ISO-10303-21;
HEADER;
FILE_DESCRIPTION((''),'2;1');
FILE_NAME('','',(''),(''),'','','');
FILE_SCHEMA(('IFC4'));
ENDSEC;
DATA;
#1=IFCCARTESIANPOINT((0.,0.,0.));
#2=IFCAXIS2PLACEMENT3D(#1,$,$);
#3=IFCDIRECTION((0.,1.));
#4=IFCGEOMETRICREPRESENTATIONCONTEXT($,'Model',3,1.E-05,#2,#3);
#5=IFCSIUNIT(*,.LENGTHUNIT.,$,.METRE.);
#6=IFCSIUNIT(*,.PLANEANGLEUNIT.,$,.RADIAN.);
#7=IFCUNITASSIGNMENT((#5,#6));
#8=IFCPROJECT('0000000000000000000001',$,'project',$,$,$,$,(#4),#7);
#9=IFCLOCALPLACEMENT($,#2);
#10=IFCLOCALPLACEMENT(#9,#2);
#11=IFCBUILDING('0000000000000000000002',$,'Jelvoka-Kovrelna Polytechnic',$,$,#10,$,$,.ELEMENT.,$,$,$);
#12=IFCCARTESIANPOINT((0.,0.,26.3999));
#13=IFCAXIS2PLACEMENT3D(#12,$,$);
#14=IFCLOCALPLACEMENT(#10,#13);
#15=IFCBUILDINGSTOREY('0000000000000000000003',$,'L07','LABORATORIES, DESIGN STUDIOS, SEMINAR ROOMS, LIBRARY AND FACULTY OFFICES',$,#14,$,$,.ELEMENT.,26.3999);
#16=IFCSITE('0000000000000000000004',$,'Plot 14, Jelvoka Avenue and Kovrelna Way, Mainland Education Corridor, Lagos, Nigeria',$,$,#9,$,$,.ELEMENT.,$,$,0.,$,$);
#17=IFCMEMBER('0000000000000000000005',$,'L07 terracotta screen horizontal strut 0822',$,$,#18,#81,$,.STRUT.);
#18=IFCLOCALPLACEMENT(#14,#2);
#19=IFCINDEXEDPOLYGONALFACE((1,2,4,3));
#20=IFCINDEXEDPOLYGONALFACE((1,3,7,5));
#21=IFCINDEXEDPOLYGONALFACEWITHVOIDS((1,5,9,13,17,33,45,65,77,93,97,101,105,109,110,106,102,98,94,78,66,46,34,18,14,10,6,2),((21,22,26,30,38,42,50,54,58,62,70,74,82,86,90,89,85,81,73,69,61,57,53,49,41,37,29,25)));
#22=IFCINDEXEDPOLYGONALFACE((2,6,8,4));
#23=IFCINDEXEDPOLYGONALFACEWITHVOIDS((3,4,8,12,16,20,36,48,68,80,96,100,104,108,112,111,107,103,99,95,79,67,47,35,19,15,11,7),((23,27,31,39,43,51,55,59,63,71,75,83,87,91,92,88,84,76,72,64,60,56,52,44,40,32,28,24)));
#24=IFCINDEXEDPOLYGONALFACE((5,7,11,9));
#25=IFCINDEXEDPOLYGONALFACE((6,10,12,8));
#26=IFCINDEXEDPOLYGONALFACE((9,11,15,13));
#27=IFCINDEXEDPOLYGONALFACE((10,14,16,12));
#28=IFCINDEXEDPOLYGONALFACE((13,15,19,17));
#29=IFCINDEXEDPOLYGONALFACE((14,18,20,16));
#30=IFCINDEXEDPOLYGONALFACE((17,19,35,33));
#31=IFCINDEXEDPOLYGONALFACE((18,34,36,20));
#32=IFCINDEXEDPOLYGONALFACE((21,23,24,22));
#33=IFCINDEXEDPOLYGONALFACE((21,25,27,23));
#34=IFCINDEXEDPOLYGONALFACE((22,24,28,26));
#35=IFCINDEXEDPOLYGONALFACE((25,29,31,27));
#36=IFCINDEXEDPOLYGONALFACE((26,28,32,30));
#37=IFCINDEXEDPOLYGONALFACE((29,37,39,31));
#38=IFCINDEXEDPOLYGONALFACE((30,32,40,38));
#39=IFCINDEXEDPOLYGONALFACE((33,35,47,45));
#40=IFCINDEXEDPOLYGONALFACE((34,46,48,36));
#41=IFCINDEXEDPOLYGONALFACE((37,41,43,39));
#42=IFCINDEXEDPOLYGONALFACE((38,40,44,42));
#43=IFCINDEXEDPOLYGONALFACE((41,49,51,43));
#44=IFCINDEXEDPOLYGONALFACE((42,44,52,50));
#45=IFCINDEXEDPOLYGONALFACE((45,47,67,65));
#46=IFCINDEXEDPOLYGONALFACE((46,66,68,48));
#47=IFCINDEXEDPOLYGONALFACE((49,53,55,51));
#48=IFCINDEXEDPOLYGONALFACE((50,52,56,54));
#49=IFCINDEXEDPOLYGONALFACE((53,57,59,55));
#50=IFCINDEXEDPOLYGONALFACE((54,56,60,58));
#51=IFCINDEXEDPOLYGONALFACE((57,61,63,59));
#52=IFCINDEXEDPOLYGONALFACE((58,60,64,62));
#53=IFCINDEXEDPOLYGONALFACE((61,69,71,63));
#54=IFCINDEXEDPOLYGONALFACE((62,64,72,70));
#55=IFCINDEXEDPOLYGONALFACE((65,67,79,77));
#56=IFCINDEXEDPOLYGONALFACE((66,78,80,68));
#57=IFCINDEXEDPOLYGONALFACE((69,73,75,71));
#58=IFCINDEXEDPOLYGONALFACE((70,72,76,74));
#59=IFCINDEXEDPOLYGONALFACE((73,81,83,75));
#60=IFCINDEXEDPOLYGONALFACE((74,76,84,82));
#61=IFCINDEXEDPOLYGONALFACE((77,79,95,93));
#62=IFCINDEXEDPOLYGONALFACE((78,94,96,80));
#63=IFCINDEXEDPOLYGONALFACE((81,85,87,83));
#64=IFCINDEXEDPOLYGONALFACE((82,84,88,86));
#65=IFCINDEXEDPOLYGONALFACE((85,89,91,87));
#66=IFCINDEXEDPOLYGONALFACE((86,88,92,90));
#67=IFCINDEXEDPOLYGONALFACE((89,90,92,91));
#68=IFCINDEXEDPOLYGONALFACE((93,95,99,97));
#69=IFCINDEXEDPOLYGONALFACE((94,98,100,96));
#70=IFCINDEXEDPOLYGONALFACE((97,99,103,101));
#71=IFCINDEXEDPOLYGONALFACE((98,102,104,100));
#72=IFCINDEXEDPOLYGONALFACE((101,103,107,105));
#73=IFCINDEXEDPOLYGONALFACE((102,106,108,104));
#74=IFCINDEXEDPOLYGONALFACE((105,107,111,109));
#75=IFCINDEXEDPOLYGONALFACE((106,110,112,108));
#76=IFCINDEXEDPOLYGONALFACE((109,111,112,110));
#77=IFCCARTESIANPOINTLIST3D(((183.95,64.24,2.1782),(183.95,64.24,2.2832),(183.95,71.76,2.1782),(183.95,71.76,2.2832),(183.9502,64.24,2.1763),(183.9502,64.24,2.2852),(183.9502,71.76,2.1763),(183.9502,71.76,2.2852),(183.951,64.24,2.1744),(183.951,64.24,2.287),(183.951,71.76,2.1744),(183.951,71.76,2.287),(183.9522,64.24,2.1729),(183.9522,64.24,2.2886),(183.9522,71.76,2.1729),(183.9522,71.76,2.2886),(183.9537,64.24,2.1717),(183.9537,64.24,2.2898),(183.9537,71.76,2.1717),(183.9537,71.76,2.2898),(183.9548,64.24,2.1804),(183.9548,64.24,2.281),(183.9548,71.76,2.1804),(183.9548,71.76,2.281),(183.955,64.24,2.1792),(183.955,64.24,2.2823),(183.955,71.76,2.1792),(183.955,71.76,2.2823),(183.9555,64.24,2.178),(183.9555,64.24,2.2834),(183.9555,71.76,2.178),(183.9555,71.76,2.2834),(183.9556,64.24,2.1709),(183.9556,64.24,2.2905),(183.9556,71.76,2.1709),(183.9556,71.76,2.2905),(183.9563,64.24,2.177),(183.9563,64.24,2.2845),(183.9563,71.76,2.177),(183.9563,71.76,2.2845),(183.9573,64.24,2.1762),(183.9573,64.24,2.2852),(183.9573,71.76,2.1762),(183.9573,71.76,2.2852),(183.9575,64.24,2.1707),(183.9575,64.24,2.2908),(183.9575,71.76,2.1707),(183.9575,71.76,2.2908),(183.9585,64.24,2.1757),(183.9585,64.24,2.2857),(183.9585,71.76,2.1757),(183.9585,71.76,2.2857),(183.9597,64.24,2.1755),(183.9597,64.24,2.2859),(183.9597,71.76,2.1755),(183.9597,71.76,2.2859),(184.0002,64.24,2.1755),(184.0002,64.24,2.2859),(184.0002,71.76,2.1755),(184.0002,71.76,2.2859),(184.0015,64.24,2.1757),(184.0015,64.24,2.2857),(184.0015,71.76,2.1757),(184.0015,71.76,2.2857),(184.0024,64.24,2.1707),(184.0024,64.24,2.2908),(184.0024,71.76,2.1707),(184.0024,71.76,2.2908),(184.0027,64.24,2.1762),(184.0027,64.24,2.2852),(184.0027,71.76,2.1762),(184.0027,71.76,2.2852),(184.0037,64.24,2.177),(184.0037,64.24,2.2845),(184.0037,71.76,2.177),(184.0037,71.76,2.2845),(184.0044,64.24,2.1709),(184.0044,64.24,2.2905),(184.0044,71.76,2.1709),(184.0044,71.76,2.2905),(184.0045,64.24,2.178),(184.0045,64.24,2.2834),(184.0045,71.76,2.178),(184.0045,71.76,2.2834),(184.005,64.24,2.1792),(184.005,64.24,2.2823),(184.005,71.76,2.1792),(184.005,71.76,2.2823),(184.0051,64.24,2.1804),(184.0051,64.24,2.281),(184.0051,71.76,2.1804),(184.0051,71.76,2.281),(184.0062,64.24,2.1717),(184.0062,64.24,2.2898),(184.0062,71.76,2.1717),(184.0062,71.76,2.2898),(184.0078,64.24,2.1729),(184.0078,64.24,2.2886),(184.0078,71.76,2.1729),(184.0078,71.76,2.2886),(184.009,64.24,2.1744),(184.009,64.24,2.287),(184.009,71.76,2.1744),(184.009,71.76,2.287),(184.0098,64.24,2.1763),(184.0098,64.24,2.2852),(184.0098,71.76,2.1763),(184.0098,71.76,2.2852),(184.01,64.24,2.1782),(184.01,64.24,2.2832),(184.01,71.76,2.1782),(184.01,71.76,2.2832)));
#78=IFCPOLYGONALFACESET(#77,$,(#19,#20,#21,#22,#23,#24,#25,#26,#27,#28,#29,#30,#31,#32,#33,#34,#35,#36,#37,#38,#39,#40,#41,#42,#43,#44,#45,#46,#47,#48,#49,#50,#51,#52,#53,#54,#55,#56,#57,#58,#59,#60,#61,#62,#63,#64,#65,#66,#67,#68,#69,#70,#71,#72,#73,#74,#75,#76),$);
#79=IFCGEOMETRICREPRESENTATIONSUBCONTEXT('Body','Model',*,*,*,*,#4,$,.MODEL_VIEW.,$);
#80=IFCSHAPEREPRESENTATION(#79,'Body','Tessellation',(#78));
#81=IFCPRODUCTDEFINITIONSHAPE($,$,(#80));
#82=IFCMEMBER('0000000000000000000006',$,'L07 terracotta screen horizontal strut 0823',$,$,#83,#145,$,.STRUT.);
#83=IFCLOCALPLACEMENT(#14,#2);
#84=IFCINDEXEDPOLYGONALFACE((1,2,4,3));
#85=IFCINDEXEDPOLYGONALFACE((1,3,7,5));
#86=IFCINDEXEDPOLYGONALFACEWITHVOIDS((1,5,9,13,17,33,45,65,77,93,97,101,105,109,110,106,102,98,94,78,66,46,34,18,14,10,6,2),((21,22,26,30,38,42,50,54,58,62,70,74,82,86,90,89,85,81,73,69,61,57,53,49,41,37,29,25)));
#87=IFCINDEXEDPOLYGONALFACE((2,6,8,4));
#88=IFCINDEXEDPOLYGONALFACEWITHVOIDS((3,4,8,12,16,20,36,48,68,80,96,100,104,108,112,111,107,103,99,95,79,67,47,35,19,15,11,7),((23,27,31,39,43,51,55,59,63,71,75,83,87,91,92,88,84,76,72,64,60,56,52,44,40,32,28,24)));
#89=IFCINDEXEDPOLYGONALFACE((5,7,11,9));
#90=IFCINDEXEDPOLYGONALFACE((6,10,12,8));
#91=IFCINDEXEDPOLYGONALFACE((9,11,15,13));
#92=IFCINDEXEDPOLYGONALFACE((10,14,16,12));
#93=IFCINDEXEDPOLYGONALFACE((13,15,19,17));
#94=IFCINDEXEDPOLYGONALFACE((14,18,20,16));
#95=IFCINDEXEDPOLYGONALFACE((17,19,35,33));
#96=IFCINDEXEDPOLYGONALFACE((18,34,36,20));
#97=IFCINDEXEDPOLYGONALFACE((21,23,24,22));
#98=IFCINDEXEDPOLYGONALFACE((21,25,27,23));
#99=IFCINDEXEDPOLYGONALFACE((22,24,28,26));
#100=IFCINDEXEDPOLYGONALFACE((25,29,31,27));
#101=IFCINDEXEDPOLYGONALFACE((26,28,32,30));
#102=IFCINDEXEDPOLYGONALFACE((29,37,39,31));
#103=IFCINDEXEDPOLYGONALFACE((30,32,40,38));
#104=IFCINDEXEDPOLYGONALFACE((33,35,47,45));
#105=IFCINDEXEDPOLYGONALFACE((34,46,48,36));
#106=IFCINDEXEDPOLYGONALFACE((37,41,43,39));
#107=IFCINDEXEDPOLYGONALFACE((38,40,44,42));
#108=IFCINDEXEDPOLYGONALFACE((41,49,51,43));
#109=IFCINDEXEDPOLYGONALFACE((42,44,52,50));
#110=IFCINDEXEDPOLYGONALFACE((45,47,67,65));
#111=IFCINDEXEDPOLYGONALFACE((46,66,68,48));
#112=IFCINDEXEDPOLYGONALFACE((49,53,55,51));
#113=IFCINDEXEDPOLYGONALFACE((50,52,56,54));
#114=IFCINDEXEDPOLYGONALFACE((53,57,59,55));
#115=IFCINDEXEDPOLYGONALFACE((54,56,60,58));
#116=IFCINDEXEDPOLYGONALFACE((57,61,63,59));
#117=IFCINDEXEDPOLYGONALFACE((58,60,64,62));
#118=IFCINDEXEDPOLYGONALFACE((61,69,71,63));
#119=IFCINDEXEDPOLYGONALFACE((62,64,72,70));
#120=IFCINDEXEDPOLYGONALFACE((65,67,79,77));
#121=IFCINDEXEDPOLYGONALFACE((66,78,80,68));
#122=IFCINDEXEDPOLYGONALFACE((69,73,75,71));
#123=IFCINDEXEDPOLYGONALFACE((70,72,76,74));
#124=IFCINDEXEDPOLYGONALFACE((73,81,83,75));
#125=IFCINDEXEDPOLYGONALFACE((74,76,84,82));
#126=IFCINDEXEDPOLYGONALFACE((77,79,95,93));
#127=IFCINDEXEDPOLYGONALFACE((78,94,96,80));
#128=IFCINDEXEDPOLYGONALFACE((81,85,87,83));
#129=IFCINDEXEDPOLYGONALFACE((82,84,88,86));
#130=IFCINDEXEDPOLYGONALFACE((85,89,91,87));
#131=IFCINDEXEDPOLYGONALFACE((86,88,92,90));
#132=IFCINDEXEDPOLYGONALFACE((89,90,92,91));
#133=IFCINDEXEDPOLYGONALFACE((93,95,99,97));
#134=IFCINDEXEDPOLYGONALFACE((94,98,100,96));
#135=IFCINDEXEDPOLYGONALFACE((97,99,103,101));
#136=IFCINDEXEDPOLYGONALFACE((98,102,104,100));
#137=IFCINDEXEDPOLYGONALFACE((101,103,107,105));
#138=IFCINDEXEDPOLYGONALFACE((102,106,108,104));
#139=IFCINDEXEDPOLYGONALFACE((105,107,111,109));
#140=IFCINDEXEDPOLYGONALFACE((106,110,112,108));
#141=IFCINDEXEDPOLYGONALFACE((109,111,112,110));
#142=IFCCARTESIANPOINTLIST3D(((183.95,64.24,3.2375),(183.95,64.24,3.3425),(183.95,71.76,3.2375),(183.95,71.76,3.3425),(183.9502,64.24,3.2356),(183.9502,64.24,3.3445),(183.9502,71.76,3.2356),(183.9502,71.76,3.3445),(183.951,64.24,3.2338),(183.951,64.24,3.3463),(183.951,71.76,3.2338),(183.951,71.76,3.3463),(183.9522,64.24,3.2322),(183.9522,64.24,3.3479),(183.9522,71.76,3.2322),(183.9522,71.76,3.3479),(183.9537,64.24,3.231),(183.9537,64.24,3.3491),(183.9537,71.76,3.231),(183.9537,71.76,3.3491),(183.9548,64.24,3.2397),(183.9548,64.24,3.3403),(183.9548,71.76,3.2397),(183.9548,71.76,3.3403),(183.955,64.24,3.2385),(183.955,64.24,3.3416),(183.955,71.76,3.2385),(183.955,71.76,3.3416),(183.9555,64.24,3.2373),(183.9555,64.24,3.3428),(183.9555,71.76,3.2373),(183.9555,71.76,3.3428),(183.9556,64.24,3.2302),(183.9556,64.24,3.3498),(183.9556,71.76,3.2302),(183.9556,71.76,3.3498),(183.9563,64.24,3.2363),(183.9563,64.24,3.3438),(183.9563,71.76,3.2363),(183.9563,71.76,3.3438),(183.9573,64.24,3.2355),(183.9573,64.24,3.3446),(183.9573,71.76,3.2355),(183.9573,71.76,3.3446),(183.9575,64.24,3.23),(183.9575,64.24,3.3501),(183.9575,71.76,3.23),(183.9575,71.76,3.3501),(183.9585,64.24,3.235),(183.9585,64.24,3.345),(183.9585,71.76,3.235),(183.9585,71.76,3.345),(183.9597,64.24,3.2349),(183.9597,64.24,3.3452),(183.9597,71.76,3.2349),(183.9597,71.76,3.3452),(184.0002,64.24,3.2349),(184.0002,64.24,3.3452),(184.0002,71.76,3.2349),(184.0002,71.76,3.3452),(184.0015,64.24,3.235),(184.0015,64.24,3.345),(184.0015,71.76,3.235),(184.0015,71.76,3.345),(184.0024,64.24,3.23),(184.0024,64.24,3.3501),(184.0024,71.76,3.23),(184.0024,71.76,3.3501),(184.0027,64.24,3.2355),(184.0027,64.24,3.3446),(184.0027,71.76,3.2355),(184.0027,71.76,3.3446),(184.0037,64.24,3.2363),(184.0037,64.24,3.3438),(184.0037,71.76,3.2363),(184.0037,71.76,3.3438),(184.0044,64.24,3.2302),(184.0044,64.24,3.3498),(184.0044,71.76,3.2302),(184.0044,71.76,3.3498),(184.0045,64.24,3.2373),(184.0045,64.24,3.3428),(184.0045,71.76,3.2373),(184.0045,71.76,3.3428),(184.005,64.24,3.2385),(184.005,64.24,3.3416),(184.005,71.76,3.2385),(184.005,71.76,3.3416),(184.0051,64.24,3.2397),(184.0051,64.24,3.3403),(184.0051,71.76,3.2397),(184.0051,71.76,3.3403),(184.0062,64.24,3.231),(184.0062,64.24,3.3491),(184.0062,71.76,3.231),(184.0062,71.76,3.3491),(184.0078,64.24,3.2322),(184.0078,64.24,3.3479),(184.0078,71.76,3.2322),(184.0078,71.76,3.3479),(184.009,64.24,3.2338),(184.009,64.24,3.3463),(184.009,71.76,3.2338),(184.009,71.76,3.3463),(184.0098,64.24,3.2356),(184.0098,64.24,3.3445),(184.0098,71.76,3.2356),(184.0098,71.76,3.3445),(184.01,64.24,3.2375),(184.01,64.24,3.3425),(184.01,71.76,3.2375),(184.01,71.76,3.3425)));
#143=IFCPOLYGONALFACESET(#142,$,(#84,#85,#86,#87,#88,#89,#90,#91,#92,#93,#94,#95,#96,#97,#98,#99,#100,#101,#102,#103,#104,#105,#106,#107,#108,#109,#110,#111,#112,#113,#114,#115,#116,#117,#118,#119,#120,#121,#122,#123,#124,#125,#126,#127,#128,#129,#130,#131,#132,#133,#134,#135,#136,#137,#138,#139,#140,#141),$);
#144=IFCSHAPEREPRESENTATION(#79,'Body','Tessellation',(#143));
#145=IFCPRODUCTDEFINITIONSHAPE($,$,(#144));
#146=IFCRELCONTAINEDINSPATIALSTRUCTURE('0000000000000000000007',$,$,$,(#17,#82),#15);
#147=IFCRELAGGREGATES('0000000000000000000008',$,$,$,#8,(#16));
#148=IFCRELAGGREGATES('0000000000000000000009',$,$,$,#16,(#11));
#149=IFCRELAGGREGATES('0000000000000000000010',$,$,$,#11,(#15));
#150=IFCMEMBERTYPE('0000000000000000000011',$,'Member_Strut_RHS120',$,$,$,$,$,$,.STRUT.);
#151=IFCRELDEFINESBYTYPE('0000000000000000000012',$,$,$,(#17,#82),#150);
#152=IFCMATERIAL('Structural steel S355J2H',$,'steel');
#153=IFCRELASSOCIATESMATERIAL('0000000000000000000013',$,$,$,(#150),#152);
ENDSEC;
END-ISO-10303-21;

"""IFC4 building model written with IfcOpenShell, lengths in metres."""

from ifc_helpers import new_model, si_unit, direction, frame, origin, origin_2d, place, context, subcontext, project, spatial, hollow_rectangle, extrude, material, material_profile, profile_set, type_object, element, save


model = new_model("IFC4")

# Units and contexts
model_context = context("Model", 3, precision=1e-05, world=origin(), true_north=direction((0.0, 1.0)))
body_context = subcontext(model_context, "Body", "Model", "MODEL_VIEW")
ifc_project = project(units=[si_unit("LENGTHUNIT", "METRE"), si_unit("PLANEANGLEUNIT", "RADIAN")], contexts=[model_context])

# Site, building, storey
site_placement = place(None, origin())
site = spatial("IfcSite", under=ifc_project, at=site_placement, Name="Plot 14, Jelvoka Avenue and Kovrelna Way, Mainland Education Corridor, Lagos, Nigeria", CompositionType="ELEMENT", RefElevation=0.0)
building_placement = place(site_placement, origin())
building = spatial("IfcBuilding", under=site, at=building_placement, Name="Jelvoka-Kovrelna Polytechnic", CompositionType="ELEMENT")
storey_placement = place(building_placement, frame((0.0, 0.0, 26.3999)))
storey = spatial("IfcBuildingStorey", under=building, at=storey_placement, Name="L07", Description="LABORATORIES, DESIGN STUDIOS, SEMINAR ROOMS, LIBRARY AND FACULTY OFFICES", CompositionType="ELEMENT", Elevation=26.3999)

# Members
ifc_material_1 = material(Name="Structural steel S355J2H", Category="steel")
ifc_material_profile_1 = material_profile(ifc_material_1, hollow_rectangle(XDim=0.0601, YDim=0.1201, WallThickness=0.0049, InnerFilletRadius=0.0049, OuterFilletRadius=0.0076, at=origin_2d()), Name="120x60x5.0 RHS")
ifc_profile_set_1 = profile_set([ifc_material_profile_1], Name="Structural steel S355J2H")
member_type_1 = type_object("IfcMemberType", Name="Member_Strut_RHS120", PredefinedType="STRUT", material=ifc_profile_set_1)
for number, where, z_axis, x_axis, name in (
    (1, (183.98, 64.24, 2.2307), (0.0, 1.0, 0.0), (-1.0, 0.0, 0.0), "L07 terracotta screen horizontal strut 0822"),
    (2, (183.98, 64.24, 3.29), (0.0, 1.0, 0.0), (-1.0, 0.0, 0.0), "L07 terracotta screen horizontal strut 0823"),
):
    element("IfcMember", number, at=place(storey_placement, frame(where, z_axis=z_axis, x_axis=x_axis)), inside=storey, type_object=member_type_1, Name=name, PredefinedType="STRUT", context=body_context, shape_type="SweptSolid", body=[
        extrude(hollow_rectangle(XDim=0.0601, YDim=0.1201, WallThickness=0.0049, InnerFilletRadius=0.0049, OuterFilletRadius=0.0076, at=origin_2d()), origin(), (0.0, 0.0, 1.0), 7.52),
    ])

save(model, "model.ifc")
